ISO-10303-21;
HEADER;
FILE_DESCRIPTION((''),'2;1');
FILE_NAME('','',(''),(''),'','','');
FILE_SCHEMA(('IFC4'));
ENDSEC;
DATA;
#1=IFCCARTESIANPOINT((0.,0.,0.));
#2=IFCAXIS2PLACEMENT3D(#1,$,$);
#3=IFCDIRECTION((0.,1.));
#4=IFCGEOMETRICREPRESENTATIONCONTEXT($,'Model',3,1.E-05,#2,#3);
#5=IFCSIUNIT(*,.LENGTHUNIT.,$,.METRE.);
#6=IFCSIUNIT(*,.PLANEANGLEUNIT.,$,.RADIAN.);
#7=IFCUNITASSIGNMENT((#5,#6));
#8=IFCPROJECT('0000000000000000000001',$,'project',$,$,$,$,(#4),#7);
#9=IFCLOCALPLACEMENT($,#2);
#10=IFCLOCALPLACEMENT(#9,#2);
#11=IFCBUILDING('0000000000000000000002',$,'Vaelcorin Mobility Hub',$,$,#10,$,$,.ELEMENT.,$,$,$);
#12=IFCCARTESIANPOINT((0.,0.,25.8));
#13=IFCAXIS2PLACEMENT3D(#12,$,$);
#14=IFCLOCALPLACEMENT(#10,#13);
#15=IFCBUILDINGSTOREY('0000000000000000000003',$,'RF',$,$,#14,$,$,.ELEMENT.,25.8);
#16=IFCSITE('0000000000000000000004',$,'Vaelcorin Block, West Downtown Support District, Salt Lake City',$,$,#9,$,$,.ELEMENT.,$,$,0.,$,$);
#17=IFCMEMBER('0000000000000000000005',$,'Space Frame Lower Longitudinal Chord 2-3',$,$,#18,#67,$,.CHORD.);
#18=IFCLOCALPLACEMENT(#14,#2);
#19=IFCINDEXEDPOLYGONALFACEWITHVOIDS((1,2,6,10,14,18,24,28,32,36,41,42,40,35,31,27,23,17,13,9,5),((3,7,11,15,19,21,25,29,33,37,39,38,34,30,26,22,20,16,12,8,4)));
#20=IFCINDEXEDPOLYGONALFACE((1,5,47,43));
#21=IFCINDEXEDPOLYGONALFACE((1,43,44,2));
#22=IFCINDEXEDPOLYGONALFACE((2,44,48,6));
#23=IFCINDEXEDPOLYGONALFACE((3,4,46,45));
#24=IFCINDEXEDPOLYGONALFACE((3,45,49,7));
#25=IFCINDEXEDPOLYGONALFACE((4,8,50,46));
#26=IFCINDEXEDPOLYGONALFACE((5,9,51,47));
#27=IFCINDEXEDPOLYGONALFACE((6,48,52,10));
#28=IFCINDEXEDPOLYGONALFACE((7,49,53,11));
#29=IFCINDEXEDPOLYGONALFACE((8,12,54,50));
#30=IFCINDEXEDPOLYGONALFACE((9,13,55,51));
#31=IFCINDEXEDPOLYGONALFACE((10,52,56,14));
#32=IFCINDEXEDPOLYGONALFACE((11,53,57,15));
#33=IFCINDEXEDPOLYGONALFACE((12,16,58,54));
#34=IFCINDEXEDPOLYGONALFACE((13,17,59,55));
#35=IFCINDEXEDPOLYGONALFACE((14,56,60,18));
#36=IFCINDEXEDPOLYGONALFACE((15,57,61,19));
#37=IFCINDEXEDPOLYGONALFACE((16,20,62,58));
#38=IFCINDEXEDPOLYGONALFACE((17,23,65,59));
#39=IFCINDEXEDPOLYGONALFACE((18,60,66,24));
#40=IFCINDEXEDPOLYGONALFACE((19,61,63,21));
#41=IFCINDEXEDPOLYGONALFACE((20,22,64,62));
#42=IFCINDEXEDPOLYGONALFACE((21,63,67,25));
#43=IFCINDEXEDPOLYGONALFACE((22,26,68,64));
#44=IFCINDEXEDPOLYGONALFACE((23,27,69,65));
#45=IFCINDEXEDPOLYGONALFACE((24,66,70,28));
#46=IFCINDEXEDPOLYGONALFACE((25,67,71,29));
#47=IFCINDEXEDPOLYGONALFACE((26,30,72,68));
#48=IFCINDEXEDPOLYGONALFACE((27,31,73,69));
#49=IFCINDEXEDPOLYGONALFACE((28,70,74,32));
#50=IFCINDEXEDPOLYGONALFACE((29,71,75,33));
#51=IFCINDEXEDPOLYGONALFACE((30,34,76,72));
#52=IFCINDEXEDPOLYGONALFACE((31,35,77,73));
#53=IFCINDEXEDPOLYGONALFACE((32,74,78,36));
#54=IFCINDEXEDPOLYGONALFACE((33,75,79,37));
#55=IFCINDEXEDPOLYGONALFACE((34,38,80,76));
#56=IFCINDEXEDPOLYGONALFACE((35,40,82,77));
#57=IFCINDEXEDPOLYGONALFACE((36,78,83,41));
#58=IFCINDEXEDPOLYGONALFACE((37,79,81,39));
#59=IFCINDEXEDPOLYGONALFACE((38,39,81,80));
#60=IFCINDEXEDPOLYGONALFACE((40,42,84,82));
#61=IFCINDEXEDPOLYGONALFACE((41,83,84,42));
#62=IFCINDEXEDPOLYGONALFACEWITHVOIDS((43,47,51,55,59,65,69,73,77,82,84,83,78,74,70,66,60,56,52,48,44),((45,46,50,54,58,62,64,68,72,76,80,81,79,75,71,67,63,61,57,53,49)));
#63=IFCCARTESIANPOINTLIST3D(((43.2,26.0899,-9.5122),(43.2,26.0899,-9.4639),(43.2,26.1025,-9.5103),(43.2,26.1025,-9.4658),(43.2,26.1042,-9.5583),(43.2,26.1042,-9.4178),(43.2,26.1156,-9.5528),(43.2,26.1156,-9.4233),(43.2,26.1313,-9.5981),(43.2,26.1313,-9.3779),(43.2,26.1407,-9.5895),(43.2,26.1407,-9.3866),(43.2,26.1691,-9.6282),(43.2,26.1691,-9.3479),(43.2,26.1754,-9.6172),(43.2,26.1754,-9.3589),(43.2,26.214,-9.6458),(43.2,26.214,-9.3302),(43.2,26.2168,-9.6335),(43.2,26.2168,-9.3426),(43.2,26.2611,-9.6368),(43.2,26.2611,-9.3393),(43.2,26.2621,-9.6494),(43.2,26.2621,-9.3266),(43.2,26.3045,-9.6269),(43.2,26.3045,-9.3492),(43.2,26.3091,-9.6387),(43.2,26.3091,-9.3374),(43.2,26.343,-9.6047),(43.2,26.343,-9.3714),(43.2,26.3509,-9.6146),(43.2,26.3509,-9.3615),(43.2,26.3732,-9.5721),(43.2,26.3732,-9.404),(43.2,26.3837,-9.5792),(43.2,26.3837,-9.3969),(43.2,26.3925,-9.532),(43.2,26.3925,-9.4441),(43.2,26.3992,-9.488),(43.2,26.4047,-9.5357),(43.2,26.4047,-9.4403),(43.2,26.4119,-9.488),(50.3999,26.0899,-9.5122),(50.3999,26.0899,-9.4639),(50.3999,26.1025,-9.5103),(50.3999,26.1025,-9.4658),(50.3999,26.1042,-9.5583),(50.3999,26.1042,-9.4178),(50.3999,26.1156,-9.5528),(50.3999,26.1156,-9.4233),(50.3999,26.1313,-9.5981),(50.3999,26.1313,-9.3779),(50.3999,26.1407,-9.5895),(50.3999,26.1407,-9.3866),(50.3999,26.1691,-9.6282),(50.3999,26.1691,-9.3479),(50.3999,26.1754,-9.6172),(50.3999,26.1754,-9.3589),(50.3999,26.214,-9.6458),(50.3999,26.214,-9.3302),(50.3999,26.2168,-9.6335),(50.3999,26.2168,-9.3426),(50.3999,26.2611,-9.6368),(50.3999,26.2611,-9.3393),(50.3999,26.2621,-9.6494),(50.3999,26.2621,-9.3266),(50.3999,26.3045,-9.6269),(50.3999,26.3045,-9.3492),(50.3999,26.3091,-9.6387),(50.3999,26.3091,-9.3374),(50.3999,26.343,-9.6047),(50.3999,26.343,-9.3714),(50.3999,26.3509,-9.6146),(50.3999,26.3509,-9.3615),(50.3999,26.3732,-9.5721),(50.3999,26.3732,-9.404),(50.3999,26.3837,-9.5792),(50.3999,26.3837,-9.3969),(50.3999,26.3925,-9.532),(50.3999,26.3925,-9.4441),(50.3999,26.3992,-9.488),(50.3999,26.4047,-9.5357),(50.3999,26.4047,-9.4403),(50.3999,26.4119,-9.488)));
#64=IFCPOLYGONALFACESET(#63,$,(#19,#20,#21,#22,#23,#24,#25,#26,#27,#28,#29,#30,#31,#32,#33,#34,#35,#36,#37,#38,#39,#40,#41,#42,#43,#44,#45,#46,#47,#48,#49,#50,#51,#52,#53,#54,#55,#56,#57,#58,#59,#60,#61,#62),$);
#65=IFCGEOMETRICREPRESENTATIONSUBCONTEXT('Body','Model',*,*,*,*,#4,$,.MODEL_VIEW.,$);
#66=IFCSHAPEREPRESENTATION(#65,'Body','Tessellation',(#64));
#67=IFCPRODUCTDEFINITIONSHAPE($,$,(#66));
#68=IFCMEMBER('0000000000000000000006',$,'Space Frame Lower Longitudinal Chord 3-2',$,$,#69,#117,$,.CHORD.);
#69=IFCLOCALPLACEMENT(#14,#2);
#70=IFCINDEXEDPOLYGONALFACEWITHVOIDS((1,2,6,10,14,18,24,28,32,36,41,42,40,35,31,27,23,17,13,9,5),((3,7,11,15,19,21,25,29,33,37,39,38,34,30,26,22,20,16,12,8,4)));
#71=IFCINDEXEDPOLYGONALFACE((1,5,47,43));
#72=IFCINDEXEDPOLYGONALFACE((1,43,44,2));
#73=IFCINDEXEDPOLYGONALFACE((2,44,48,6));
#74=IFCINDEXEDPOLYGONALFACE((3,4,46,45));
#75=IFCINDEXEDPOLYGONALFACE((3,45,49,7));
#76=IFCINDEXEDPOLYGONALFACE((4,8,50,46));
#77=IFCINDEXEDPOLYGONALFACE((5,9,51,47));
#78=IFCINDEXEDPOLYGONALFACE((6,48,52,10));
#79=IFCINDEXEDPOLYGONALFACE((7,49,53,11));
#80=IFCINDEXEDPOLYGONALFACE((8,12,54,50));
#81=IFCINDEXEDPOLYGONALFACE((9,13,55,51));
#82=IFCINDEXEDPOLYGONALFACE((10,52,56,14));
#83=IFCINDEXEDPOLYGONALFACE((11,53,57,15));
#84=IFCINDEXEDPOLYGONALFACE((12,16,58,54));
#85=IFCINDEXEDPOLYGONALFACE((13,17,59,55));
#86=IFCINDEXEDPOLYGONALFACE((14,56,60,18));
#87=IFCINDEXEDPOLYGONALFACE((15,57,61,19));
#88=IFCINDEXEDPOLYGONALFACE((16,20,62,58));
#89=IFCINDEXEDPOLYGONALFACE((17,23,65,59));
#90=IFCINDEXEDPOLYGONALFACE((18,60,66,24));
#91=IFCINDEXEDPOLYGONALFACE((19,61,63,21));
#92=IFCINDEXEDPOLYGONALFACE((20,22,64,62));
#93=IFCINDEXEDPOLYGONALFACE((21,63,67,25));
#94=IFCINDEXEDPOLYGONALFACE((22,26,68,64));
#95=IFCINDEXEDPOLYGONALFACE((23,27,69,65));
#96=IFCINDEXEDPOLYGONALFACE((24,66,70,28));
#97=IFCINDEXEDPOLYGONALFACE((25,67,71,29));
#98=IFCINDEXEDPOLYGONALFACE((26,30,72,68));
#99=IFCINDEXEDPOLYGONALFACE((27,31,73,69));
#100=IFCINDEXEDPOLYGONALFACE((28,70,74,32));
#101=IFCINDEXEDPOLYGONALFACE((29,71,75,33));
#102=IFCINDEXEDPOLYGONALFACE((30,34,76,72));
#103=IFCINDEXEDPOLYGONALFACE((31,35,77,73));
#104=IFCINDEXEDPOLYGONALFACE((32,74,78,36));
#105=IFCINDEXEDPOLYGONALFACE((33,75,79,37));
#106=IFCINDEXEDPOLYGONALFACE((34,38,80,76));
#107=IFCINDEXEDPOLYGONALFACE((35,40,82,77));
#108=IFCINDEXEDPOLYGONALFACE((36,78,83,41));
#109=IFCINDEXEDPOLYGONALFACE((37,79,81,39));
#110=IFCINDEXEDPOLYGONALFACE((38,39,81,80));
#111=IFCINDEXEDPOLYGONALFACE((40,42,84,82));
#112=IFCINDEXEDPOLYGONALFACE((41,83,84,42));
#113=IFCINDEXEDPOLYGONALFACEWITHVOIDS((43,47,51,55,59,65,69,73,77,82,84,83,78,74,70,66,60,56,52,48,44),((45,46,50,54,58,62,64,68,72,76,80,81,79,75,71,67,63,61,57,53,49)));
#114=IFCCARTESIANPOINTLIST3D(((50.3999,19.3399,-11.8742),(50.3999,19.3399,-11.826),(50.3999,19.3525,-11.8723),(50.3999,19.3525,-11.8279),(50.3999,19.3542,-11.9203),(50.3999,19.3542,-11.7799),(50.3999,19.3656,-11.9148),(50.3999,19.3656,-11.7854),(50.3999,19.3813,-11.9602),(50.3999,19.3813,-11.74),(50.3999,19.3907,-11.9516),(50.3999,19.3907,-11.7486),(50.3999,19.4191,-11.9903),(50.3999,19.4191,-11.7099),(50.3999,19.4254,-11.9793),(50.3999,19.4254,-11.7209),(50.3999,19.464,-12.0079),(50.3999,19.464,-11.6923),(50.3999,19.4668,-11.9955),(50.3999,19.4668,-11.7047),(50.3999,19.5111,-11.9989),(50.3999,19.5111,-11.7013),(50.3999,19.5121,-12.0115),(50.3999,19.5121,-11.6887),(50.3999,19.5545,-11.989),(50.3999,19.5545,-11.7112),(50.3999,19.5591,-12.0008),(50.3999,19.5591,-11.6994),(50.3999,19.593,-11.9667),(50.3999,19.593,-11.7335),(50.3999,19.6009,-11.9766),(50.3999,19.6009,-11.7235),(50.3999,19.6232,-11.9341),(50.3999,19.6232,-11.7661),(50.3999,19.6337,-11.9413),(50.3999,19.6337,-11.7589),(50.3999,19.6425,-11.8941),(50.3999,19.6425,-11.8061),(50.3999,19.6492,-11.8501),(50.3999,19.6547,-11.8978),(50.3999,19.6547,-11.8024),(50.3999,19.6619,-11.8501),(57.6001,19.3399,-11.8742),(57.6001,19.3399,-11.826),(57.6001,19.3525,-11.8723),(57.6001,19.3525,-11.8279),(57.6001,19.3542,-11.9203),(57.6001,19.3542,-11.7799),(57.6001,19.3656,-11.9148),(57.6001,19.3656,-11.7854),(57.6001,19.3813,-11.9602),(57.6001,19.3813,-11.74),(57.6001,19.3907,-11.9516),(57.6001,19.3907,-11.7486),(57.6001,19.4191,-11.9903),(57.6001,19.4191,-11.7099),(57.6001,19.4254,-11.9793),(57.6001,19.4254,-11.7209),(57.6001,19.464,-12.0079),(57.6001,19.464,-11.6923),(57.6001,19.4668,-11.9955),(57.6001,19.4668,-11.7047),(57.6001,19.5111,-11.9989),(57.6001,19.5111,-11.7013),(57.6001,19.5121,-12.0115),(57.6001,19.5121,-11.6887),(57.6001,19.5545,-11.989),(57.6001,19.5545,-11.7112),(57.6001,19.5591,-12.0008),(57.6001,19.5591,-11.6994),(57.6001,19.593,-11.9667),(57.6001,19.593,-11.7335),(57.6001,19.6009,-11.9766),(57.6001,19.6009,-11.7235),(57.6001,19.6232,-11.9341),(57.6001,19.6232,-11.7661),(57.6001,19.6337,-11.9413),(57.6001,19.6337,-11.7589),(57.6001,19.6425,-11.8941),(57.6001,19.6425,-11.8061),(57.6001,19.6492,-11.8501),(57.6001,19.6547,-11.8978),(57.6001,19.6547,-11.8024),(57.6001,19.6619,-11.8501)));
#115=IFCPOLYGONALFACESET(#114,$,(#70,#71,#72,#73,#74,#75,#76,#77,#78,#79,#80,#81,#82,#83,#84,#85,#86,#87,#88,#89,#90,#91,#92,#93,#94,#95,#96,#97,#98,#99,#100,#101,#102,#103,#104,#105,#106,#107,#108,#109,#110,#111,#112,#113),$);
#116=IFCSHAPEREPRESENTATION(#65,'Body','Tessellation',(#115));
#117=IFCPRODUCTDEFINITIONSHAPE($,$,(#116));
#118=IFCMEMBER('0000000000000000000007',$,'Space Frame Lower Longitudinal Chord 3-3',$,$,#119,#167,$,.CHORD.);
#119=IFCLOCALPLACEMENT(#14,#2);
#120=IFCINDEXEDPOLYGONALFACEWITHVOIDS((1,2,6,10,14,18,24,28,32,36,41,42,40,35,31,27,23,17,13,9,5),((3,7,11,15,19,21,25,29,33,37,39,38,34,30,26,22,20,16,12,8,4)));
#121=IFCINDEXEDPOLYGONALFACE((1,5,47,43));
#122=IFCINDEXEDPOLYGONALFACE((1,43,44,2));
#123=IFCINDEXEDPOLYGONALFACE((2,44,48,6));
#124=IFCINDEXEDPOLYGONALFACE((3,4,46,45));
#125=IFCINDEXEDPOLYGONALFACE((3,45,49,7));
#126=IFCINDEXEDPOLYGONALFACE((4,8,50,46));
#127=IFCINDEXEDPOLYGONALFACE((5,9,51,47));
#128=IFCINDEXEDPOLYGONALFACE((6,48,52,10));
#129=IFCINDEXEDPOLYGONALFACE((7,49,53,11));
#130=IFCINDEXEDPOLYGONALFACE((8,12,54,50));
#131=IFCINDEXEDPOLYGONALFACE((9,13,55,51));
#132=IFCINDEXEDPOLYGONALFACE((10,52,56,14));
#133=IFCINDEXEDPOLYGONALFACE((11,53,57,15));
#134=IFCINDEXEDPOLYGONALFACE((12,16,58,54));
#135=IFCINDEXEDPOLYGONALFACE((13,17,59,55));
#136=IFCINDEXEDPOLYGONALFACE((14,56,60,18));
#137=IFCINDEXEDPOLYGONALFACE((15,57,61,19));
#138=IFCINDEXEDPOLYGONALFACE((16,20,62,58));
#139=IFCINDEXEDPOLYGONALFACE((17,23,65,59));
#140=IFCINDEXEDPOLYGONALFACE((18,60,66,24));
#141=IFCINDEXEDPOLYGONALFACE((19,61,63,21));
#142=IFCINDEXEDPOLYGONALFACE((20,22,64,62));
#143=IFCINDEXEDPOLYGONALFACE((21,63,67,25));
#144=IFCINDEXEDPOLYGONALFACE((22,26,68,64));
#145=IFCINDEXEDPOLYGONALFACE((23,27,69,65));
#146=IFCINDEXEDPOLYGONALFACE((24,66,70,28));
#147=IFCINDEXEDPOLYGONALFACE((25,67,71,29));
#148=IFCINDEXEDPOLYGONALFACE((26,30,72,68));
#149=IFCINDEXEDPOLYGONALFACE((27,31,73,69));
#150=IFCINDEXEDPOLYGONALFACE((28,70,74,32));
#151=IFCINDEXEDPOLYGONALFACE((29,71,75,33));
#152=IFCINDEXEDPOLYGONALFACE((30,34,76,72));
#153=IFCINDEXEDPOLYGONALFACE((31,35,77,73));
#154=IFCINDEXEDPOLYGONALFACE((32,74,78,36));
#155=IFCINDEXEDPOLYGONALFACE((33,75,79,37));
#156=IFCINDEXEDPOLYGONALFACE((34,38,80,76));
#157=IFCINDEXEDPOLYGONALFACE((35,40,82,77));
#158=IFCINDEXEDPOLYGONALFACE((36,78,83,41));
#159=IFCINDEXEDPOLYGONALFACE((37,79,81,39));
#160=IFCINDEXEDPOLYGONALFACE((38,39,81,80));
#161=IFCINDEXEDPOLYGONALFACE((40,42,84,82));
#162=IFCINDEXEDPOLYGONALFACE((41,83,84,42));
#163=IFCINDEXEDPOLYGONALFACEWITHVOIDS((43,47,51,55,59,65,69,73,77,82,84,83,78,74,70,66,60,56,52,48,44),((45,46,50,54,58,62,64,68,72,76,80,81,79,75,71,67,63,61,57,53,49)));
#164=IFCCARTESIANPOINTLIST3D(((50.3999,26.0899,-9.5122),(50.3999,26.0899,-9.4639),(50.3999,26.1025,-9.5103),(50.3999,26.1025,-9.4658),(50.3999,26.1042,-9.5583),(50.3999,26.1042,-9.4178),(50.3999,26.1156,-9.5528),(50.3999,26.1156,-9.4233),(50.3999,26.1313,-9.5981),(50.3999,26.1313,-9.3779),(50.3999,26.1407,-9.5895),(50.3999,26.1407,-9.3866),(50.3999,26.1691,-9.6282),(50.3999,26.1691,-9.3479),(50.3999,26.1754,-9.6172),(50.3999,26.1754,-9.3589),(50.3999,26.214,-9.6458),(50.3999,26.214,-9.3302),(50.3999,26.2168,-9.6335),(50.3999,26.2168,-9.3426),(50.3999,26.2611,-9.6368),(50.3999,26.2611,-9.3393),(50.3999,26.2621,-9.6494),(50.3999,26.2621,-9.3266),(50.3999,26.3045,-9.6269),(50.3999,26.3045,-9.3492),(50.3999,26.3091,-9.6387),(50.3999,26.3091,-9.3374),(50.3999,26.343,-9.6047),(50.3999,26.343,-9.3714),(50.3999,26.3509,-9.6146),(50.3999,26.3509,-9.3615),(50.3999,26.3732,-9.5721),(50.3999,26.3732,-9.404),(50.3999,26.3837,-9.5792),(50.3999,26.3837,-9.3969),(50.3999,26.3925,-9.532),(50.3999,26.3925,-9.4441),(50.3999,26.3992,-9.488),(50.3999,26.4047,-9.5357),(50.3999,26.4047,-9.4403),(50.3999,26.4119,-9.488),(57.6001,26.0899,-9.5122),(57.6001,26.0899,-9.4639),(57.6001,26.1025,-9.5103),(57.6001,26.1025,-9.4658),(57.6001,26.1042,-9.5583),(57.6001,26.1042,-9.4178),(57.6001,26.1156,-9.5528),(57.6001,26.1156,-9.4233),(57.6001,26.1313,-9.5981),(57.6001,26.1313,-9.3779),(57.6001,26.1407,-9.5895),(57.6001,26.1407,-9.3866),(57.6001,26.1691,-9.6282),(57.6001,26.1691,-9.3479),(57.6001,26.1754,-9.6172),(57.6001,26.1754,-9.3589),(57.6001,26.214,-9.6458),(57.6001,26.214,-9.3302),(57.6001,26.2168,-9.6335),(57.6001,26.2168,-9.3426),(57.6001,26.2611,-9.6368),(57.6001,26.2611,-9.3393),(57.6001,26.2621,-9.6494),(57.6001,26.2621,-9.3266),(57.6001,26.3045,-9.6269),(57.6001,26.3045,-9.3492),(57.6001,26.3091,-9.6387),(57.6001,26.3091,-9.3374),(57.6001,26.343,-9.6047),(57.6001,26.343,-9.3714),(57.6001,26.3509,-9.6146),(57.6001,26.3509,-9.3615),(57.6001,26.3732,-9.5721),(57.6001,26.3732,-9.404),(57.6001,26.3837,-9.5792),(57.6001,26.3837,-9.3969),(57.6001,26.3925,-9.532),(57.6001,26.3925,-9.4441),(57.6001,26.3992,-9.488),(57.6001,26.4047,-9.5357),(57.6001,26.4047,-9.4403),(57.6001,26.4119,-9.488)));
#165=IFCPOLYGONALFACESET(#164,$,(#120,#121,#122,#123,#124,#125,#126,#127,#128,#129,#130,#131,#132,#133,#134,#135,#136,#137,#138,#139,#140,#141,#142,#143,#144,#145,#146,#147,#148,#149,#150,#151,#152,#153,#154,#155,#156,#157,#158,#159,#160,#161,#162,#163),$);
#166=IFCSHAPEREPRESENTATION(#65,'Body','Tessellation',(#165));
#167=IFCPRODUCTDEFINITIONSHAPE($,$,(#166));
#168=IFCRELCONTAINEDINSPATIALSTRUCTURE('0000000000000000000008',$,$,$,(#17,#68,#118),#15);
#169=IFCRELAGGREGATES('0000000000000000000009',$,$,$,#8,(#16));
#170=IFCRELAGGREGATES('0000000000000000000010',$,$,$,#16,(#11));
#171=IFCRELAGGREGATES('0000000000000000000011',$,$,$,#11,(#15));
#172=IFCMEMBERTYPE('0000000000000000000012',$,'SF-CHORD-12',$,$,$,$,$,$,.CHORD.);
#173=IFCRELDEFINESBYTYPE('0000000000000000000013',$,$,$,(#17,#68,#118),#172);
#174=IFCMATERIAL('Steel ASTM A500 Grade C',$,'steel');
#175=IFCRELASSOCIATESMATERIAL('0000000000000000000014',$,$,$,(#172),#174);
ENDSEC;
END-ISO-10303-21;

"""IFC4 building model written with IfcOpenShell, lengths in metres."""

from ifc_helpers import new_model, si_unit, direction, frame, origin, origin_2d, place, context, subcontext, project, spatial, hollow_circle, extrude, material, material_profile, profile_set, type_object, element, save


model = new_model("IFC4")

# Units and contexts
model_context = context("Model", 3, precision=1e-05, world=origin(), true_north=direction((0.0, 1.0)))
body_context = subcontext(model_context, "Body", "Model", "MODEL_VIEW")
ifc_project = project(units=[si_unit("LENGTHUNIT", "METRE"), si_unit("PLANEANGLEUNIT", "RADIAN")], contexts=[model_context])

# Site, building, storey
site_placement = place(None, origin())
site = spatial("IfcSite", under=ifc_project, at=site_placement, Name="Vaelcorin Block, West Downtown Support District, Salt Lake City", CompositionType="ELEMENT", RefElevation=0.0)
building_placement = place(site_placement, origin())
building = spatial("IfcBuilding", under=site, at=building_placement, Name="Vaelcorin Mobility Hub", CompositionType="ELEMENT")
storey_placement = place(building_placement, frame((0.0, 0.0, 25.8)))
storey = spatial("IfcBuildingStorey", under=building, at=storey_placement, Name="RF", CompositionType="ELEMENT", Elevation=25.8)

# Members
ifc_material_1 = material(Name="Steel ASTM A500 Grade C", Category="steel")
ifc_material_profile_1 = material_profile(ifc_material_1, hollow_circle(Radius=0.1619, WallThickness=0.0127, at=origin_2d()), Name="HSS12.750X0.500")
ifc_profile_set_1 = profile_set([ifc_material_profile_1], Name="Steel ASTM A500 Grade C")
member_type_1 = type_object("IfcMemberType", Name="SF-CHORD-12", PredefinedType="CHORD", material=ifc_profile_set_1)
member_1_placement = place(storey_placement, frame((43.2, 26.25, -9.488), z_axis=(1.0, 0.0, 0.0), x_axis=(0.0, 1.0, 0.0)))
element("IfcMember", 1, at=member_1_placement, inside=storey, type_object=member_type_1, Name="Space Frame Lower Longitudinal Chord 2-3", PredefinedType="CHORD", context=body_context, shape_type="SweptSolid", body=[
    extrude(hollow_circle(Radius=0.1619, WallThickness=0.0127, at=origin_2d()), origin(), (0.0, 0.0, 1.0), 7.2),
])
for number, where, z_axis, x_axis, name in (
    (2, (50.3999, 19.5, -11.8501), (1.0, 0.0, 0.0), (0.0, 1.0, 0.0), "Space Frame Lower Longitudinal Chord 3-2"),
    (3, (50.3999, 26.25, -9.488), (1.0, 0.0, 0.0), (0.0, 1.0, 0.0), "Space Frame Lower Longitudinal Chord 3-3"),
):
    element("IfcMember", number, at=place(storey_placement, frame(where, z_axis=z_axis, x_axis=x_axis)), inside=storey, type_object=member_type_1, Name=name, PredefinedType="CHORD", context=body_context, shape_type="SweptSolid", body=[
        extrude(hollow_circle(Radius=0.1619, WallThickness=0.0127, at=origin_2d()), origin(), (0.0, 0.0, 1.0), 7.2002),
    ])

save(model, "model.ifc")
